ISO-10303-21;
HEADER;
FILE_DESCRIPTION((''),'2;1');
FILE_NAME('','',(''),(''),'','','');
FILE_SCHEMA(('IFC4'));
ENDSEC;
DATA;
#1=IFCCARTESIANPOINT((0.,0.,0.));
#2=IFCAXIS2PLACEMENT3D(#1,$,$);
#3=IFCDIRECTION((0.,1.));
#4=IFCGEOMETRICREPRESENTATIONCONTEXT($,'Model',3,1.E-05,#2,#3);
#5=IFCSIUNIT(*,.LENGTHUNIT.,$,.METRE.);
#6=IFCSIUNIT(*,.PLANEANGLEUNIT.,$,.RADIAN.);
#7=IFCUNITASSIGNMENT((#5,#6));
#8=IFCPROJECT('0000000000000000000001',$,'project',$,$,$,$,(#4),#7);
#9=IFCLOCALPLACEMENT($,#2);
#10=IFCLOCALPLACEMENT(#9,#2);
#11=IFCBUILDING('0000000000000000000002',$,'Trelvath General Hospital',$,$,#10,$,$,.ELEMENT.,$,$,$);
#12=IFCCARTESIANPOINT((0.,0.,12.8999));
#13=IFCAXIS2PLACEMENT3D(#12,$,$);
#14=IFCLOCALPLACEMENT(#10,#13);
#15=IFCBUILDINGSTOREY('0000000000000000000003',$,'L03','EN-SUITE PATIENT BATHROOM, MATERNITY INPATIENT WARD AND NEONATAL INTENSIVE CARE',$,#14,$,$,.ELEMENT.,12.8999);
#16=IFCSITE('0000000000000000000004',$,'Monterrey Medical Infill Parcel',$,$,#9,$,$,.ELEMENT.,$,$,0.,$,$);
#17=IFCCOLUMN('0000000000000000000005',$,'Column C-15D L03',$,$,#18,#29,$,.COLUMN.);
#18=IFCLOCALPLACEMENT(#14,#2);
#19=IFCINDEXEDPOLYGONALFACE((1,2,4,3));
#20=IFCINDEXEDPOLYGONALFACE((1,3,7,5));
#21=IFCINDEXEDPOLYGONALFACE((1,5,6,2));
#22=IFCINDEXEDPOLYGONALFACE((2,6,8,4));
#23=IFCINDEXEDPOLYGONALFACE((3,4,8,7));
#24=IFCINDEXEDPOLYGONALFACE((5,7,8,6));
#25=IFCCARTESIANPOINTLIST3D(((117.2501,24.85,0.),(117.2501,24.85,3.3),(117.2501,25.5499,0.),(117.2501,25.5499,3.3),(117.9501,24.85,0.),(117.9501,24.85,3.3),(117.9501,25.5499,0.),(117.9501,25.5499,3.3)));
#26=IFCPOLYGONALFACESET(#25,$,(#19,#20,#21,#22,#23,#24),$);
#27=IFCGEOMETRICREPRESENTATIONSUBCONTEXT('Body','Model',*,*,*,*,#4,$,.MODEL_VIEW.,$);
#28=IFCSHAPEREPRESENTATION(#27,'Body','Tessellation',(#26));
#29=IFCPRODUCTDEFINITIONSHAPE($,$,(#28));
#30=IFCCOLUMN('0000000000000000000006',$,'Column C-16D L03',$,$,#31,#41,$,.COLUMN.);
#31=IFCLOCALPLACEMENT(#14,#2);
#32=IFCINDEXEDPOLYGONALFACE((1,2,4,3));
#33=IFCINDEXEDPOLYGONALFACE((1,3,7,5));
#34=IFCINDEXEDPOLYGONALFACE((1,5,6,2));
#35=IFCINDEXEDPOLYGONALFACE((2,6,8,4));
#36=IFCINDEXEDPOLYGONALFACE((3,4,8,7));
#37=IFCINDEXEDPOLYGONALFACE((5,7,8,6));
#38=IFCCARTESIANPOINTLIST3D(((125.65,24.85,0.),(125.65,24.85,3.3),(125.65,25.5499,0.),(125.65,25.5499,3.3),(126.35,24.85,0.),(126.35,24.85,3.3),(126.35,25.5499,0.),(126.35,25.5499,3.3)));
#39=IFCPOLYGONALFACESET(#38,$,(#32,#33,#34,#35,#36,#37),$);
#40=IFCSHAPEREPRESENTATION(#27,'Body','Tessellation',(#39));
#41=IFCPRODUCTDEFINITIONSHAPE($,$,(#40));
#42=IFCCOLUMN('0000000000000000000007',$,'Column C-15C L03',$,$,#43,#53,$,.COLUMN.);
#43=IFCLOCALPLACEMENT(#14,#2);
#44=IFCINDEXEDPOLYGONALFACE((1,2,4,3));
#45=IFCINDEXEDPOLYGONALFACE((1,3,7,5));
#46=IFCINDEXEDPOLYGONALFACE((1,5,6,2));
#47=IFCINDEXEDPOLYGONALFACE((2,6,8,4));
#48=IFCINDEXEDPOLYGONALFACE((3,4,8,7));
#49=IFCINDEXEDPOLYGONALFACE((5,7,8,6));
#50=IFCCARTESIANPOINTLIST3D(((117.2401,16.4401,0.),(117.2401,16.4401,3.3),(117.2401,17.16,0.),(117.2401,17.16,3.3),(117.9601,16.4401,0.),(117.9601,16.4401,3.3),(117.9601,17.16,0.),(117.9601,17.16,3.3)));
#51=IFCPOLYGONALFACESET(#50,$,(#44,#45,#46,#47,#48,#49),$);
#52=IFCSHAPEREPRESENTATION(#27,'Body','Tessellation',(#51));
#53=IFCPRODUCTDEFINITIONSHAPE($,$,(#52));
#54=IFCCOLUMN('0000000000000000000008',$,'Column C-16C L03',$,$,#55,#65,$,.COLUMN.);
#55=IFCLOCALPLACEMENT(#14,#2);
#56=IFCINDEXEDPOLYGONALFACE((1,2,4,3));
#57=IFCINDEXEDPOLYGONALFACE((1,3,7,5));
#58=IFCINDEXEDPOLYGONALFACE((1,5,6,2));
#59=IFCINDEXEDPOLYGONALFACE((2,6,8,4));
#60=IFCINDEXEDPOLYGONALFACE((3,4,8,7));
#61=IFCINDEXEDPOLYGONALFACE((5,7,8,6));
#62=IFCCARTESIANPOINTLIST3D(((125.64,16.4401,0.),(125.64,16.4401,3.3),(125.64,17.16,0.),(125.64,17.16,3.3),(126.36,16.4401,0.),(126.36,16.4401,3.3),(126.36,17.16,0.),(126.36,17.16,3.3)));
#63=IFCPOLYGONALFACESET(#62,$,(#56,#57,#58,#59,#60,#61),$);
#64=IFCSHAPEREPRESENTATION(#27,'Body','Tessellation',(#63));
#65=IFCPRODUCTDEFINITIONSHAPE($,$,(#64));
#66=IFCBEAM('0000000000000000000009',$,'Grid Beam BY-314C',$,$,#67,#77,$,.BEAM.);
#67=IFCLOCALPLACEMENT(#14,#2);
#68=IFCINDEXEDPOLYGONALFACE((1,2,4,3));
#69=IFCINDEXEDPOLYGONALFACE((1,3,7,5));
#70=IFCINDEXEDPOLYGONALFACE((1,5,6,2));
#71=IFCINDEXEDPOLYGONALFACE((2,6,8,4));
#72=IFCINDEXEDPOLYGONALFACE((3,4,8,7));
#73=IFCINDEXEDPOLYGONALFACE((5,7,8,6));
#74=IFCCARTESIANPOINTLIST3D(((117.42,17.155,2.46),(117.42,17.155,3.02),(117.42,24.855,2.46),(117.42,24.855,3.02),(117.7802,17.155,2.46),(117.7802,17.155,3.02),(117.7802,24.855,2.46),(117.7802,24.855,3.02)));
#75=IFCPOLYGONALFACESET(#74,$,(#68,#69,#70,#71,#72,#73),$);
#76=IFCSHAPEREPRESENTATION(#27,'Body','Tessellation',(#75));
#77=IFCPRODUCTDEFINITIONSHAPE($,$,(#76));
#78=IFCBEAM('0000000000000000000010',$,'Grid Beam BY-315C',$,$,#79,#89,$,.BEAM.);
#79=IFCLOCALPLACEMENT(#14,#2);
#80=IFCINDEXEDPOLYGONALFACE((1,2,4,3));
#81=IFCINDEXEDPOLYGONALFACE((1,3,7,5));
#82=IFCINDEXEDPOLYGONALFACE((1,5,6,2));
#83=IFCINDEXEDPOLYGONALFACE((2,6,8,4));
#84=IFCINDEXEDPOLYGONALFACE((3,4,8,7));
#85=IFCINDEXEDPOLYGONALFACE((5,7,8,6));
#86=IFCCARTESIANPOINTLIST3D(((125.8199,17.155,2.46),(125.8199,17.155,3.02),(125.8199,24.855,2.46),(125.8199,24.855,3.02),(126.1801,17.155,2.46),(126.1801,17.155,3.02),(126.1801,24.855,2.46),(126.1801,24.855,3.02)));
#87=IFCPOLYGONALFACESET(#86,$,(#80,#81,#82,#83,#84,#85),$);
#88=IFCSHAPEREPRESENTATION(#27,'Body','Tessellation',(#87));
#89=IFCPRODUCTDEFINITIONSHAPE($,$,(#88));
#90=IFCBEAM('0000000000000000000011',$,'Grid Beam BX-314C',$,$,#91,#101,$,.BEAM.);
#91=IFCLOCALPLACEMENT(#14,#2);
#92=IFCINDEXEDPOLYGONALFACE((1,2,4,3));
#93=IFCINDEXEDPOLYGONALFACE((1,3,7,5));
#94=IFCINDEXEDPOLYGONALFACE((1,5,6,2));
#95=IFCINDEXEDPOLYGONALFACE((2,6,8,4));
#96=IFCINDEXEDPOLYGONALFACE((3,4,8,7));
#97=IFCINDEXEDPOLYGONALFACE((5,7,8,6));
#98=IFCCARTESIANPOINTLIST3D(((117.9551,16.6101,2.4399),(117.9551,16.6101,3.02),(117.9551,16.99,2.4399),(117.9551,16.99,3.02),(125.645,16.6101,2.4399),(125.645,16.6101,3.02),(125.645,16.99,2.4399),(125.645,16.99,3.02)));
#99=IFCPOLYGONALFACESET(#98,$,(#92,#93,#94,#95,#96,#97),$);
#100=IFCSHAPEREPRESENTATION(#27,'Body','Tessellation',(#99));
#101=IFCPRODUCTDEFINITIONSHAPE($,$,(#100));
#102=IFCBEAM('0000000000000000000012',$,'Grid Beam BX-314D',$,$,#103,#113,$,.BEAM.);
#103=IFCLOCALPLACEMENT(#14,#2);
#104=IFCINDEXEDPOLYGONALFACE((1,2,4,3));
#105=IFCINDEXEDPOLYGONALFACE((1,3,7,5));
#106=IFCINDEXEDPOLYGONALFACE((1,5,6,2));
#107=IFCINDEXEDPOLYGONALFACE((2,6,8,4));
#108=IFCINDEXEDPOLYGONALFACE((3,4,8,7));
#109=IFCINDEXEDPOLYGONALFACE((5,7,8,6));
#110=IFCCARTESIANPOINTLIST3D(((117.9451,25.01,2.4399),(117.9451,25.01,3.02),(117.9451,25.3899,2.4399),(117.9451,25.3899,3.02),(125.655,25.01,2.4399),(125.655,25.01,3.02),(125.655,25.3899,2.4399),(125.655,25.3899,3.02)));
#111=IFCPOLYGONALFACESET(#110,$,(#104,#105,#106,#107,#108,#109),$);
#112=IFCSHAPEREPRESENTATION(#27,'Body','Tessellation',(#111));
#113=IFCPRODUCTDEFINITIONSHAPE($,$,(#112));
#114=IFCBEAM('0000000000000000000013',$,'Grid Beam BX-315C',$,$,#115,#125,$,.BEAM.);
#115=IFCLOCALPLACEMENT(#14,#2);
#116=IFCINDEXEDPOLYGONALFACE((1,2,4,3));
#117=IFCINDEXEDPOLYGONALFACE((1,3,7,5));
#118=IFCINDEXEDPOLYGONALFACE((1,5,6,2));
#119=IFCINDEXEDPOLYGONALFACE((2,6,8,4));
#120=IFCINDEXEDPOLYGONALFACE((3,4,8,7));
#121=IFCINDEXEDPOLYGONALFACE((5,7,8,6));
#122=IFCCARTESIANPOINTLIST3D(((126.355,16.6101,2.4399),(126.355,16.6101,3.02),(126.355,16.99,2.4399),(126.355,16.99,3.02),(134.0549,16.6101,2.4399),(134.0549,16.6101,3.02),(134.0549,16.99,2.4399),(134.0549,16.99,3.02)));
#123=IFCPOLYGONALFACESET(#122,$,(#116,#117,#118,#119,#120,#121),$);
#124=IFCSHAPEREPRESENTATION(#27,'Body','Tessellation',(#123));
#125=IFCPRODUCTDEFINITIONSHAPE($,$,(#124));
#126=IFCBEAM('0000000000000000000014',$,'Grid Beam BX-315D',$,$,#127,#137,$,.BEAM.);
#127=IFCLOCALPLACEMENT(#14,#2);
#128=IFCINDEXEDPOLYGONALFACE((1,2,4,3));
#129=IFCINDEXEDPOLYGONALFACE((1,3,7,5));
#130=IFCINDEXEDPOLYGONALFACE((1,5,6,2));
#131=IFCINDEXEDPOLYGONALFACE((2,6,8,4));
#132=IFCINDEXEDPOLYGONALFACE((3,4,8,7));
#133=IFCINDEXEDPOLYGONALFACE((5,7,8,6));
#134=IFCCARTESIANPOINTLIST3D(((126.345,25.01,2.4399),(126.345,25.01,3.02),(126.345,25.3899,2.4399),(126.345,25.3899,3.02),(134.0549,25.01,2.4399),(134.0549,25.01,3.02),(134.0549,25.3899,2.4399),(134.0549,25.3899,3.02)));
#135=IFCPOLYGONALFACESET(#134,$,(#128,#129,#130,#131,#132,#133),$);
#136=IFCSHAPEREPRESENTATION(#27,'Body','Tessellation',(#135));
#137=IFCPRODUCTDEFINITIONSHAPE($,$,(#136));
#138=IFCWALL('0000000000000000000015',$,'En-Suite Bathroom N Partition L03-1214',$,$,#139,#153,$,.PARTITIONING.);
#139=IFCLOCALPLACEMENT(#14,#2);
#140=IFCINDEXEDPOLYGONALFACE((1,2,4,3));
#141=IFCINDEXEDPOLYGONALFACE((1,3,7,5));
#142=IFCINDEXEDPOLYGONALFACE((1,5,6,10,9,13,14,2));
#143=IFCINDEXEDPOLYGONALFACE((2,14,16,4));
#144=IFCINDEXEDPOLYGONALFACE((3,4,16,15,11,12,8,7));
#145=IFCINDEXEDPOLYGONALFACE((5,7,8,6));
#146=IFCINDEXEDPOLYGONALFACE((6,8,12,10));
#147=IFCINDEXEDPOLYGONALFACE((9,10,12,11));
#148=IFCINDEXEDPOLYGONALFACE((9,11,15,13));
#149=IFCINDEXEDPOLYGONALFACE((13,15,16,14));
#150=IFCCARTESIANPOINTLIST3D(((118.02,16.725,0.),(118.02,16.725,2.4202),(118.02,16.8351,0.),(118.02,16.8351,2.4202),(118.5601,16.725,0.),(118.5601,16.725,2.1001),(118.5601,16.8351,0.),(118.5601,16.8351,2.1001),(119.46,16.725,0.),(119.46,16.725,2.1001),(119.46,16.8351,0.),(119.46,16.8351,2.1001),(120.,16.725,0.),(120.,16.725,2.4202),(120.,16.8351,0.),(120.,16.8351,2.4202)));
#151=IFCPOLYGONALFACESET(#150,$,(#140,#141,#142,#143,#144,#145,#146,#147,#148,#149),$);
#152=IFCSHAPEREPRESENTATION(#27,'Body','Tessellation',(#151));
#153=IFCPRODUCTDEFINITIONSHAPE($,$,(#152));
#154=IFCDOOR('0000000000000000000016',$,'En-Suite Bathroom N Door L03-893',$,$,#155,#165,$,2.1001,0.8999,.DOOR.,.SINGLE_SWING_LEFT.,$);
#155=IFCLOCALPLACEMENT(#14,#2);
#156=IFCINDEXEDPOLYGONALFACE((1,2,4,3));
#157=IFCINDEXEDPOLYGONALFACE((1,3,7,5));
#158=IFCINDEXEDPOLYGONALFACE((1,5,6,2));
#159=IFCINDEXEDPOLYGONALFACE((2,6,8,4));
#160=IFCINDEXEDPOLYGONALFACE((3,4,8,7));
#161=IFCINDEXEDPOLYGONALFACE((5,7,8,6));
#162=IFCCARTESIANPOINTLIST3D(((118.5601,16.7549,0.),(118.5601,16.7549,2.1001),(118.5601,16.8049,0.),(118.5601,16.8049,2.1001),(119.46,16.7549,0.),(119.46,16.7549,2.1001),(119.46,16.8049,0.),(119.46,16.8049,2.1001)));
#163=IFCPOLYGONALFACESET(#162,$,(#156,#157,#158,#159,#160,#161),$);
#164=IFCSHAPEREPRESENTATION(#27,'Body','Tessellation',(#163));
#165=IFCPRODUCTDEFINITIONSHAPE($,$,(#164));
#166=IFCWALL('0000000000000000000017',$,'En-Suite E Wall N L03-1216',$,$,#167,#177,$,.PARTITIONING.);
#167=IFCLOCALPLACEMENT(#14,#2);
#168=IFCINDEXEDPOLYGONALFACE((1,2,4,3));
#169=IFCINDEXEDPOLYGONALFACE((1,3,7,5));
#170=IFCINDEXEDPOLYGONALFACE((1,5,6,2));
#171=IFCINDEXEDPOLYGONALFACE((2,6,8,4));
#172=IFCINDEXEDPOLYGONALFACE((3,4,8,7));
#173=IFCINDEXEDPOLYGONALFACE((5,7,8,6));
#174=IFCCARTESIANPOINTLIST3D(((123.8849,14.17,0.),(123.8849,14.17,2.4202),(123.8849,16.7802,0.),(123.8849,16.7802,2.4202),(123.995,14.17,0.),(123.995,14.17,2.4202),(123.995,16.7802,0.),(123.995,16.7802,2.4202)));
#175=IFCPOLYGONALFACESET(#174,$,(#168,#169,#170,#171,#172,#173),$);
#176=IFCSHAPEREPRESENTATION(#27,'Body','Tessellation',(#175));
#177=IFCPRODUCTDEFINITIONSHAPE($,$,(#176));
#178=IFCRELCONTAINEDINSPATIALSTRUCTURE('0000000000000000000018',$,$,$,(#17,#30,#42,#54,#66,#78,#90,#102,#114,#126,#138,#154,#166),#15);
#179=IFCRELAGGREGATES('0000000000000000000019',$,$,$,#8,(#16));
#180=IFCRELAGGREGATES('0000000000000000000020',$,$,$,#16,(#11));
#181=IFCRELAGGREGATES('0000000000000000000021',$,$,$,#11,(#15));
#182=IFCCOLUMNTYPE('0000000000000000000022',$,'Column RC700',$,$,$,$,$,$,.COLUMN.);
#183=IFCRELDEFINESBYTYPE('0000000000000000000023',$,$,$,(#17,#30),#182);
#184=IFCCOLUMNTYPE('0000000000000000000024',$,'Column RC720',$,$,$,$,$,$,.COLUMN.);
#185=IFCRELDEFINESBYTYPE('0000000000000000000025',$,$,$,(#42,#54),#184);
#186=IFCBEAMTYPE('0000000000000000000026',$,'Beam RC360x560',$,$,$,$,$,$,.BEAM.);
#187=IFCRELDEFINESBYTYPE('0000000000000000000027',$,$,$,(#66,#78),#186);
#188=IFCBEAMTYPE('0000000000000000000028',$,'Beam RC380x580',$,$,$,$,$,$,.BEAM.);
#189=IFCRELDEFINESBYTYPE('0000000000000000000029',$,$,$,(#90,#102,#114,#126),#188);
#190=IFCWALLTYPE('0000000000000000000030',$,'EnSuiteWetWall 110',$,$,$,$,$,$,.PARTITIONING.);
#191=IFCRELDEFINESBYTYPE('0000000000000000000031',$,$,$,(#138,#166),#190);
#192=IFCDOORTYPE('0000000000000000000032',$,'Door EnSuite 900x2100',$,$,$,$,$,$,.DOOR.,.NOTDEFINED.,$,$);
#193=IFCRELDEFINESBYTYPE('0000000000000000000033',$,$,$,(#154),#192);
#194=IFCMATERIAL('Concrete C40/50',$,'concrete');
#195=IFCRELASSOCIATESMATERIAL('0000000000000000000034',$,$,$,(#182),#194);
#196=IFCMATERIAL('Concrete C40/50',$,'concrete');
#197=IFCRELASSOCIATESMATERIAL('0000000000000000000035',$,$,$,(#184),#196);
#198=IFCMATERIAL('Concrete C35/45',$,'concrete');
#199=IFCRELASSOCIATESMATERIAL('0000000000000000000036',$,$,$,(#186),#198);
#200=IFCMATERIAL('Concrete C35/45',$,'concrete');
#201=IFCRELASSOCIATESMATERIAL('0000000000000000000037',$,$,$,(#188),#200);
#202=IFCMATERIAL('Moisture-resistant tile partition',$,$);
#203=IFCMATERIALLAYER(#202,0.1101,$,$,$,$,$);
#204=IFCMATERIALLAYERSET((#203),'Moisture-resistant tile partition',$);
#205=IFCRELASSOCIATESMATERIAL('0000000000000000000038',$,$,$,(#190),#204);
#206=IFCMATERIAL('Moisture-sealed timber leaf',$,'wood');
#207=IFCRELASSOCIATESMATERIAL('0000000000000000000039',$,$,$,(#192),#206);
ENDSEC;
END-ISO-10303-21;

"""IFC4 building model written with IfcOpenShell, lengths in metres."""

from ifc_helpers import new_model, si_unit, direction, frame, frame_2d, origin, origin_2d, place, context, subcontext, project, spatial, rectangle, extrude, material, layer, layer_set, material_profile, profile_set, type_object, element, fill, save


model = new_model("IFC4")

# Units and contexts
model_context = context("Model", 3, precision=1e-05, world=origin(), true_north=direction((0.0, 1.0)))
body_context = subcontext(model_context, "Body", "Model", "MODEL_VIEW")
ifc_project = project(units=[si_unit("LENGTHUNIT", "METRE"), si_unit("PLANEANGLEUNIT", "RADIAN")], contexts=[model_context])

# Site, building, storey
site_placement = place(None, origin())
site = spatial("IfcSite", under=ifc_project, at=site_placement, Name="Monterrey Medical Infill Parcel", CompositionType="ELEMENT", RefElevation=0.0)
building_placement = place(site_placement, origin())
building = spatial("IfcBuilding", under=site, at=building_placement, Name="Trelvath General Hospital", CompositionType="ELEMENT")
storey_placement = place(building_placement, frame((0.0, 0.0, 12.8999)))
storey = spatial("IfcBuildingStorey", under=building, at=storey_placement, Name="L03", Description="EN-SUITE PATIENT BATHROOM, MATERNITY INPATIENT WARD AND NEONATAL INTENSIVE CARE", CompositionType="ELEMENT", Elevation=12.8999)

# Columns
ifc_material_1 = material(Name="Concrete C40/50", Category="concrete")
ifc_material_profile_1 = material_profile(ifc_material_1, rectangle(XDim=0.7, YDim=0.7, at=origin_2d()), Name="RC700x700")
ifc_profile_set_1 = profile_set([ifc_material_profile_1], Name="Concrete C40/50")
column_type_1 = type_object("IfcColumnType", Name="Column RC700", PredefinedType="COLUMN", material=ifc_profile_set_1)
for number, where, z_axis, x_axis, name in (
    (1, (117.6001, 25.2, 0.0), (0.0, 0.0, 1.0), (1.0, 0.0, 0.0), "Column C-15D L03"),
    (2, (126.0, 25.2, 0.0), (0.0, 0.0, 1.0), (1.0, 0.0, 0.0), "Column C-16D L03"),
):
    element("IfcColumn", number, at=place(storey_placement, frame(where, z_axis=z_axis, x_axis=x_axis)), inside=storey, type_object=column_type_1, Name=name, PredefinedType="COLUMN", context=body_context, shape_type="SweptSolid", body=[
        extrude(rectangle(XDim=0.7, YDim=0.7, at=origin_2d()), origin(), (0.0, 0.0, 1.0), 3.3),
    ])
ifc_material_2 = material(Name="Concrete C40/50", Category="concrete")
ifc_material_profile_2 = material_profile(ifc_material_2, rectangle(XDim=0.72, YDim=0.72, at=origin_2d()), Name="RC720x720")
ifc_profile_set_2 = profile_set([ifc_material_profile_2], Name="Concrete C40/50")
column_type_2 = type_object("IfcColumnType", Name="Column RC720", PredefinedType="COLUMN", material=ifc_profile_set_2)
for number, where, z_axis, x_axis, name in (
    (3, (117.6001, 16.8, 0.0), (0.0, 0.0, 1.0), (1.0, 0.0, 0.0), "Column C-15C L03"),
    (4, (126.0, 16.8, 0.0), (0.0, 0.0, 1.0), (1.0, 0.0, 0.0), "Column C-16C L03"),
):
    element("IfcColumn", number, at=place(storey_placement, frame(where, z_axis=z_axis, x_axis=x_axis)), inside=storey, type_object=column_type_2, Name=name, PredefinedType="COLUMN", context=body_context, shape_type="SweptSolid", body=[
        extrude(rectangle(XDim=0.72, YDim=0.72, at=origin_2d()), origin(), (0.0, 0.0, 1.0), 3.3),
    ])

# Beams
ifc_material_3 = material(Name="Concrete C35/45", Category="concrete")
ifc_material_profile_3 = material_profile(ifc_material_3, rectangle(XDim=0.3601, YDim=0.5601, at=origin_2d()), Name="RCB360x560")
ifc_profile_set_3 = profile_set([ifc_material_profile_3], Name="Concrete C35/45")
beam_type_1 = type_object("IfcBeamType", Name="Beam RC360x560", PredefinedType="BEAM", material=ifc_profile_set_3)
for number, where, z_axis, x_axis, name in (
    (5, (117.6001, 17.155, 2.74), (0.0, 1.0, 0.0), (-1.0, 0.0, 0.0), "Grid Beam BY-314C"),
    (6, (126.0, 17.155, 2.74), (0.0, 1.0, 0.0), (-1.0, 0.0, 0.0), "Grid Beam BY-315C"),
):
    element("IfcBeam", number, at=place(storey_placement, frame(where, z_axis=z_axis, x_axis=x_axis)), inside=storey, type_object=beam_type_1, Name=name, PredefinedType="BEAM", context=body_context, shape_type="SweptSolid", body=[
        extrude(rectangle(XDim=0.3601, YDim=0.5601, at=origin_2d()), origin(), (0.0, 0.0, 1.0), 7.7),
    ])
ifc_material_4 = material(Name="Concrete C35/45", Category="concrete")
ifc_material_profile_4 = material_profile(ifc_material_4, rectangle(XDim=0.3799, YDim=0.5801, at=origin_2d()), Name="RCB380x580")
ifc_profile_set_4 = profile_set([ifc_material_profile_4], Name="Concrete C35/45")
beam_type_2 = type_object("IfcBeamType", Name="Beam RC380x580", PredefinedType="BEAM", material=ifc_profile_set_4)
beam_1_placement = place(storey_placement, frame((117.9551, 16.8, 2.73), z_axis=(1.0, 0.0, 0.0), x_axis=(0.0, 1.0, 0.0)))
element("IfcBeam", 7, at=beam_1_placement, inside=storey, type_object=beam_type_2, Name="Grid Beam BX-314C", PredefinedType="BEAM", context=body_context, shape_type="SweptSolid", body=[
    extrude(rectangle(XDim=0.3799, YDim=0.5801, at=origin_2d()), origin(), (0.0, 0.0, 1.0), 7.6899),
])
beam_2_placement = place(storey_placement, frame((117.9451, 25.2, 2.73), z_axis=(1.0, 0.0, 0.0), x_axis=(0.0, 1.0, 0.0)))
element("IfcBeam", 8, at=beam_2_placement, inside=storey, type_object=beam_type_2, Name="Grid Beam BX-314D", PredefinedType="BEAM", context=body_context, shape_type="SweptSolid", body=[
    extrude(rectangle(XDim=0.3799, YDim=0.5801, at=origin_2d()), origin(), (0.0, 0.0, 1.0), 7.71),
])
beam_3_placement = place(storey_placement, frame((126.355, 16.8, 2.73), z_axis=(1.0, 0.0, 0.0), x_axis=(0.0, 1.0, 0.0)))
element("IfcBeam", 9, at=beam_3_placement, inside=storey, type_object=beam_type_2, Name="Grid Beam BX-315C", PredefinedType="BEAM", context=body_context, shape_type="SweptSolid", body=[
    extrude(rectangle(XDim=0.3799, YDim=0.5801, at=origin_2d()), origin(), (0.0, 0.0, 1.0), 7.7),
])
beam_4_placement = place(storey_placement, frame((126.345, 25.2, 2.73), z_axis=(1.0, 0.0, 0.0), x_axis=(0.0, 1.0, 0.0)))
element("IfcBeam", 10, at=beam_4_placement, inside=storey, type_object=beam_type_2, Name="Grid Beam BX-315D", PredefinedType="BEAM", context=body_context, shape_type="SweptSolid", body=[
    extrude(rectangle(XDim=0.3799, YDim=0.5801, at=origin_2d()), origin(), (0.0, 0.0, 1.0), 7.71),
])

# Wall, opening, door
ifc_material_5 = material(Name="Moisture-resistant tile partition")
ifc_layer_1 = layer(ifc_material_5, 0.1101)
ifc_layer_set_1 = layer_set([ifc_layer_1], Name="Moisture-resistant tile partition")
wall_type_1 = type_object("IfcWallType", Name="EnSuiteWetWall 110", PredefinedType="PARTITIONING", material=ifc_layer_set_1)
wall_1_placement = place(storey_placement, frame((118.02, 16.78, 0.0), z_axis=(0.0, 0.0, 1.0), x_axis=(1.0, 0.0, 0.0)))
wall_1 = element("IfcWall", 11, at=wall_1_placement, inside=storey, type_object=wall_type_1, Name="En-Suite Bathroom N Partition L03-1214", PredefinedType="PARTITIONING", context=body_context, shape_type="SweptSolid", body=[
    extrude(rectangle(XDim=1.98, YDim=0.1101, at=frame_2d((0.99, 0.0))), origin(), (0.0, 0.0, 1.0), 2.4202),
])
opening_1_placement = place(wall_1_placement, frame((0.54, 0.0, 0.0)))
opening_1 = element("IfcOpeningElement", 12, at=opening_1_placement, cuts=wall_1, PredefinedType="OPENING", context=body_context, shape_type="SweptSolid", body=[
    extrude(rectangle(XDim=0.8999, YDim=2.1001, at=frame_2d((0.45, 1.05))), frame((0.0, 0.0649, 0.0), z_axis=(0.0, -1.0, 0.0), x_axis=(1.0, 0.0, 0.0)), (0.0, 0.0, 1.0), 0.1301),
])
ifc_material_6 = material(Name="Moisture-sealed timber leaf", Category="wood")
door_type = type_object("IfcDoorType", Name="Door EnSuite 900x2100", OperationType="NOTDEFINED", PredefinedType="DOOR", material=ifc_material_6)
door_1_placement = place(opening_1_placement, origin())
door_1 = element("IfcDoor", 13, at=door_1_placement, inside=storey, type_object=door_type, Name="En-Suite Bathroom N Door L03-893", OperationType="SINGLE_SWING_LEFT", OverallHeight=2.1001, OverallWidth=0.8999, PredefinedType="DOOR", context=body_context, shape_type="SweptSolid", body=[
    extrude(rectangle(XDim=0.8999, YDim=2.1001, at=frame_2d((0.45, 1.05))), frame((0.0, 0.0249, 0.0), z_axis=(0.0, -1.0, 0.0), x_axis=(1.0, 0.0, 0.0)), (0.0, 0.0, 1.0), 0.05),
])
fill(opening_1, door_1)

# Wall
wall_2_placement = place(storey_placement, frame((123.9399, 14.1699, 0.0), z_axis=(0.0, 0.0, 1.0), x_axis=(0.0, 1.0, 0.0)))
element("IfcWall", 14, at=wall_2_placement, inside=storey, type_object=wall_type_1, Name="En-Suite E Wall N L03-1216", PredefinedType="PARTITIONING", context=body_context, shape_type="SweptSolid", body=[
    extrude(rectangle(XDim=2.6101, YDim=0.1101, at=frame_2d((1.3052, 0.0))), origin(), (0.0, 0.0, 1.0), 2.4202),
])

save(model, "model.ifc")
